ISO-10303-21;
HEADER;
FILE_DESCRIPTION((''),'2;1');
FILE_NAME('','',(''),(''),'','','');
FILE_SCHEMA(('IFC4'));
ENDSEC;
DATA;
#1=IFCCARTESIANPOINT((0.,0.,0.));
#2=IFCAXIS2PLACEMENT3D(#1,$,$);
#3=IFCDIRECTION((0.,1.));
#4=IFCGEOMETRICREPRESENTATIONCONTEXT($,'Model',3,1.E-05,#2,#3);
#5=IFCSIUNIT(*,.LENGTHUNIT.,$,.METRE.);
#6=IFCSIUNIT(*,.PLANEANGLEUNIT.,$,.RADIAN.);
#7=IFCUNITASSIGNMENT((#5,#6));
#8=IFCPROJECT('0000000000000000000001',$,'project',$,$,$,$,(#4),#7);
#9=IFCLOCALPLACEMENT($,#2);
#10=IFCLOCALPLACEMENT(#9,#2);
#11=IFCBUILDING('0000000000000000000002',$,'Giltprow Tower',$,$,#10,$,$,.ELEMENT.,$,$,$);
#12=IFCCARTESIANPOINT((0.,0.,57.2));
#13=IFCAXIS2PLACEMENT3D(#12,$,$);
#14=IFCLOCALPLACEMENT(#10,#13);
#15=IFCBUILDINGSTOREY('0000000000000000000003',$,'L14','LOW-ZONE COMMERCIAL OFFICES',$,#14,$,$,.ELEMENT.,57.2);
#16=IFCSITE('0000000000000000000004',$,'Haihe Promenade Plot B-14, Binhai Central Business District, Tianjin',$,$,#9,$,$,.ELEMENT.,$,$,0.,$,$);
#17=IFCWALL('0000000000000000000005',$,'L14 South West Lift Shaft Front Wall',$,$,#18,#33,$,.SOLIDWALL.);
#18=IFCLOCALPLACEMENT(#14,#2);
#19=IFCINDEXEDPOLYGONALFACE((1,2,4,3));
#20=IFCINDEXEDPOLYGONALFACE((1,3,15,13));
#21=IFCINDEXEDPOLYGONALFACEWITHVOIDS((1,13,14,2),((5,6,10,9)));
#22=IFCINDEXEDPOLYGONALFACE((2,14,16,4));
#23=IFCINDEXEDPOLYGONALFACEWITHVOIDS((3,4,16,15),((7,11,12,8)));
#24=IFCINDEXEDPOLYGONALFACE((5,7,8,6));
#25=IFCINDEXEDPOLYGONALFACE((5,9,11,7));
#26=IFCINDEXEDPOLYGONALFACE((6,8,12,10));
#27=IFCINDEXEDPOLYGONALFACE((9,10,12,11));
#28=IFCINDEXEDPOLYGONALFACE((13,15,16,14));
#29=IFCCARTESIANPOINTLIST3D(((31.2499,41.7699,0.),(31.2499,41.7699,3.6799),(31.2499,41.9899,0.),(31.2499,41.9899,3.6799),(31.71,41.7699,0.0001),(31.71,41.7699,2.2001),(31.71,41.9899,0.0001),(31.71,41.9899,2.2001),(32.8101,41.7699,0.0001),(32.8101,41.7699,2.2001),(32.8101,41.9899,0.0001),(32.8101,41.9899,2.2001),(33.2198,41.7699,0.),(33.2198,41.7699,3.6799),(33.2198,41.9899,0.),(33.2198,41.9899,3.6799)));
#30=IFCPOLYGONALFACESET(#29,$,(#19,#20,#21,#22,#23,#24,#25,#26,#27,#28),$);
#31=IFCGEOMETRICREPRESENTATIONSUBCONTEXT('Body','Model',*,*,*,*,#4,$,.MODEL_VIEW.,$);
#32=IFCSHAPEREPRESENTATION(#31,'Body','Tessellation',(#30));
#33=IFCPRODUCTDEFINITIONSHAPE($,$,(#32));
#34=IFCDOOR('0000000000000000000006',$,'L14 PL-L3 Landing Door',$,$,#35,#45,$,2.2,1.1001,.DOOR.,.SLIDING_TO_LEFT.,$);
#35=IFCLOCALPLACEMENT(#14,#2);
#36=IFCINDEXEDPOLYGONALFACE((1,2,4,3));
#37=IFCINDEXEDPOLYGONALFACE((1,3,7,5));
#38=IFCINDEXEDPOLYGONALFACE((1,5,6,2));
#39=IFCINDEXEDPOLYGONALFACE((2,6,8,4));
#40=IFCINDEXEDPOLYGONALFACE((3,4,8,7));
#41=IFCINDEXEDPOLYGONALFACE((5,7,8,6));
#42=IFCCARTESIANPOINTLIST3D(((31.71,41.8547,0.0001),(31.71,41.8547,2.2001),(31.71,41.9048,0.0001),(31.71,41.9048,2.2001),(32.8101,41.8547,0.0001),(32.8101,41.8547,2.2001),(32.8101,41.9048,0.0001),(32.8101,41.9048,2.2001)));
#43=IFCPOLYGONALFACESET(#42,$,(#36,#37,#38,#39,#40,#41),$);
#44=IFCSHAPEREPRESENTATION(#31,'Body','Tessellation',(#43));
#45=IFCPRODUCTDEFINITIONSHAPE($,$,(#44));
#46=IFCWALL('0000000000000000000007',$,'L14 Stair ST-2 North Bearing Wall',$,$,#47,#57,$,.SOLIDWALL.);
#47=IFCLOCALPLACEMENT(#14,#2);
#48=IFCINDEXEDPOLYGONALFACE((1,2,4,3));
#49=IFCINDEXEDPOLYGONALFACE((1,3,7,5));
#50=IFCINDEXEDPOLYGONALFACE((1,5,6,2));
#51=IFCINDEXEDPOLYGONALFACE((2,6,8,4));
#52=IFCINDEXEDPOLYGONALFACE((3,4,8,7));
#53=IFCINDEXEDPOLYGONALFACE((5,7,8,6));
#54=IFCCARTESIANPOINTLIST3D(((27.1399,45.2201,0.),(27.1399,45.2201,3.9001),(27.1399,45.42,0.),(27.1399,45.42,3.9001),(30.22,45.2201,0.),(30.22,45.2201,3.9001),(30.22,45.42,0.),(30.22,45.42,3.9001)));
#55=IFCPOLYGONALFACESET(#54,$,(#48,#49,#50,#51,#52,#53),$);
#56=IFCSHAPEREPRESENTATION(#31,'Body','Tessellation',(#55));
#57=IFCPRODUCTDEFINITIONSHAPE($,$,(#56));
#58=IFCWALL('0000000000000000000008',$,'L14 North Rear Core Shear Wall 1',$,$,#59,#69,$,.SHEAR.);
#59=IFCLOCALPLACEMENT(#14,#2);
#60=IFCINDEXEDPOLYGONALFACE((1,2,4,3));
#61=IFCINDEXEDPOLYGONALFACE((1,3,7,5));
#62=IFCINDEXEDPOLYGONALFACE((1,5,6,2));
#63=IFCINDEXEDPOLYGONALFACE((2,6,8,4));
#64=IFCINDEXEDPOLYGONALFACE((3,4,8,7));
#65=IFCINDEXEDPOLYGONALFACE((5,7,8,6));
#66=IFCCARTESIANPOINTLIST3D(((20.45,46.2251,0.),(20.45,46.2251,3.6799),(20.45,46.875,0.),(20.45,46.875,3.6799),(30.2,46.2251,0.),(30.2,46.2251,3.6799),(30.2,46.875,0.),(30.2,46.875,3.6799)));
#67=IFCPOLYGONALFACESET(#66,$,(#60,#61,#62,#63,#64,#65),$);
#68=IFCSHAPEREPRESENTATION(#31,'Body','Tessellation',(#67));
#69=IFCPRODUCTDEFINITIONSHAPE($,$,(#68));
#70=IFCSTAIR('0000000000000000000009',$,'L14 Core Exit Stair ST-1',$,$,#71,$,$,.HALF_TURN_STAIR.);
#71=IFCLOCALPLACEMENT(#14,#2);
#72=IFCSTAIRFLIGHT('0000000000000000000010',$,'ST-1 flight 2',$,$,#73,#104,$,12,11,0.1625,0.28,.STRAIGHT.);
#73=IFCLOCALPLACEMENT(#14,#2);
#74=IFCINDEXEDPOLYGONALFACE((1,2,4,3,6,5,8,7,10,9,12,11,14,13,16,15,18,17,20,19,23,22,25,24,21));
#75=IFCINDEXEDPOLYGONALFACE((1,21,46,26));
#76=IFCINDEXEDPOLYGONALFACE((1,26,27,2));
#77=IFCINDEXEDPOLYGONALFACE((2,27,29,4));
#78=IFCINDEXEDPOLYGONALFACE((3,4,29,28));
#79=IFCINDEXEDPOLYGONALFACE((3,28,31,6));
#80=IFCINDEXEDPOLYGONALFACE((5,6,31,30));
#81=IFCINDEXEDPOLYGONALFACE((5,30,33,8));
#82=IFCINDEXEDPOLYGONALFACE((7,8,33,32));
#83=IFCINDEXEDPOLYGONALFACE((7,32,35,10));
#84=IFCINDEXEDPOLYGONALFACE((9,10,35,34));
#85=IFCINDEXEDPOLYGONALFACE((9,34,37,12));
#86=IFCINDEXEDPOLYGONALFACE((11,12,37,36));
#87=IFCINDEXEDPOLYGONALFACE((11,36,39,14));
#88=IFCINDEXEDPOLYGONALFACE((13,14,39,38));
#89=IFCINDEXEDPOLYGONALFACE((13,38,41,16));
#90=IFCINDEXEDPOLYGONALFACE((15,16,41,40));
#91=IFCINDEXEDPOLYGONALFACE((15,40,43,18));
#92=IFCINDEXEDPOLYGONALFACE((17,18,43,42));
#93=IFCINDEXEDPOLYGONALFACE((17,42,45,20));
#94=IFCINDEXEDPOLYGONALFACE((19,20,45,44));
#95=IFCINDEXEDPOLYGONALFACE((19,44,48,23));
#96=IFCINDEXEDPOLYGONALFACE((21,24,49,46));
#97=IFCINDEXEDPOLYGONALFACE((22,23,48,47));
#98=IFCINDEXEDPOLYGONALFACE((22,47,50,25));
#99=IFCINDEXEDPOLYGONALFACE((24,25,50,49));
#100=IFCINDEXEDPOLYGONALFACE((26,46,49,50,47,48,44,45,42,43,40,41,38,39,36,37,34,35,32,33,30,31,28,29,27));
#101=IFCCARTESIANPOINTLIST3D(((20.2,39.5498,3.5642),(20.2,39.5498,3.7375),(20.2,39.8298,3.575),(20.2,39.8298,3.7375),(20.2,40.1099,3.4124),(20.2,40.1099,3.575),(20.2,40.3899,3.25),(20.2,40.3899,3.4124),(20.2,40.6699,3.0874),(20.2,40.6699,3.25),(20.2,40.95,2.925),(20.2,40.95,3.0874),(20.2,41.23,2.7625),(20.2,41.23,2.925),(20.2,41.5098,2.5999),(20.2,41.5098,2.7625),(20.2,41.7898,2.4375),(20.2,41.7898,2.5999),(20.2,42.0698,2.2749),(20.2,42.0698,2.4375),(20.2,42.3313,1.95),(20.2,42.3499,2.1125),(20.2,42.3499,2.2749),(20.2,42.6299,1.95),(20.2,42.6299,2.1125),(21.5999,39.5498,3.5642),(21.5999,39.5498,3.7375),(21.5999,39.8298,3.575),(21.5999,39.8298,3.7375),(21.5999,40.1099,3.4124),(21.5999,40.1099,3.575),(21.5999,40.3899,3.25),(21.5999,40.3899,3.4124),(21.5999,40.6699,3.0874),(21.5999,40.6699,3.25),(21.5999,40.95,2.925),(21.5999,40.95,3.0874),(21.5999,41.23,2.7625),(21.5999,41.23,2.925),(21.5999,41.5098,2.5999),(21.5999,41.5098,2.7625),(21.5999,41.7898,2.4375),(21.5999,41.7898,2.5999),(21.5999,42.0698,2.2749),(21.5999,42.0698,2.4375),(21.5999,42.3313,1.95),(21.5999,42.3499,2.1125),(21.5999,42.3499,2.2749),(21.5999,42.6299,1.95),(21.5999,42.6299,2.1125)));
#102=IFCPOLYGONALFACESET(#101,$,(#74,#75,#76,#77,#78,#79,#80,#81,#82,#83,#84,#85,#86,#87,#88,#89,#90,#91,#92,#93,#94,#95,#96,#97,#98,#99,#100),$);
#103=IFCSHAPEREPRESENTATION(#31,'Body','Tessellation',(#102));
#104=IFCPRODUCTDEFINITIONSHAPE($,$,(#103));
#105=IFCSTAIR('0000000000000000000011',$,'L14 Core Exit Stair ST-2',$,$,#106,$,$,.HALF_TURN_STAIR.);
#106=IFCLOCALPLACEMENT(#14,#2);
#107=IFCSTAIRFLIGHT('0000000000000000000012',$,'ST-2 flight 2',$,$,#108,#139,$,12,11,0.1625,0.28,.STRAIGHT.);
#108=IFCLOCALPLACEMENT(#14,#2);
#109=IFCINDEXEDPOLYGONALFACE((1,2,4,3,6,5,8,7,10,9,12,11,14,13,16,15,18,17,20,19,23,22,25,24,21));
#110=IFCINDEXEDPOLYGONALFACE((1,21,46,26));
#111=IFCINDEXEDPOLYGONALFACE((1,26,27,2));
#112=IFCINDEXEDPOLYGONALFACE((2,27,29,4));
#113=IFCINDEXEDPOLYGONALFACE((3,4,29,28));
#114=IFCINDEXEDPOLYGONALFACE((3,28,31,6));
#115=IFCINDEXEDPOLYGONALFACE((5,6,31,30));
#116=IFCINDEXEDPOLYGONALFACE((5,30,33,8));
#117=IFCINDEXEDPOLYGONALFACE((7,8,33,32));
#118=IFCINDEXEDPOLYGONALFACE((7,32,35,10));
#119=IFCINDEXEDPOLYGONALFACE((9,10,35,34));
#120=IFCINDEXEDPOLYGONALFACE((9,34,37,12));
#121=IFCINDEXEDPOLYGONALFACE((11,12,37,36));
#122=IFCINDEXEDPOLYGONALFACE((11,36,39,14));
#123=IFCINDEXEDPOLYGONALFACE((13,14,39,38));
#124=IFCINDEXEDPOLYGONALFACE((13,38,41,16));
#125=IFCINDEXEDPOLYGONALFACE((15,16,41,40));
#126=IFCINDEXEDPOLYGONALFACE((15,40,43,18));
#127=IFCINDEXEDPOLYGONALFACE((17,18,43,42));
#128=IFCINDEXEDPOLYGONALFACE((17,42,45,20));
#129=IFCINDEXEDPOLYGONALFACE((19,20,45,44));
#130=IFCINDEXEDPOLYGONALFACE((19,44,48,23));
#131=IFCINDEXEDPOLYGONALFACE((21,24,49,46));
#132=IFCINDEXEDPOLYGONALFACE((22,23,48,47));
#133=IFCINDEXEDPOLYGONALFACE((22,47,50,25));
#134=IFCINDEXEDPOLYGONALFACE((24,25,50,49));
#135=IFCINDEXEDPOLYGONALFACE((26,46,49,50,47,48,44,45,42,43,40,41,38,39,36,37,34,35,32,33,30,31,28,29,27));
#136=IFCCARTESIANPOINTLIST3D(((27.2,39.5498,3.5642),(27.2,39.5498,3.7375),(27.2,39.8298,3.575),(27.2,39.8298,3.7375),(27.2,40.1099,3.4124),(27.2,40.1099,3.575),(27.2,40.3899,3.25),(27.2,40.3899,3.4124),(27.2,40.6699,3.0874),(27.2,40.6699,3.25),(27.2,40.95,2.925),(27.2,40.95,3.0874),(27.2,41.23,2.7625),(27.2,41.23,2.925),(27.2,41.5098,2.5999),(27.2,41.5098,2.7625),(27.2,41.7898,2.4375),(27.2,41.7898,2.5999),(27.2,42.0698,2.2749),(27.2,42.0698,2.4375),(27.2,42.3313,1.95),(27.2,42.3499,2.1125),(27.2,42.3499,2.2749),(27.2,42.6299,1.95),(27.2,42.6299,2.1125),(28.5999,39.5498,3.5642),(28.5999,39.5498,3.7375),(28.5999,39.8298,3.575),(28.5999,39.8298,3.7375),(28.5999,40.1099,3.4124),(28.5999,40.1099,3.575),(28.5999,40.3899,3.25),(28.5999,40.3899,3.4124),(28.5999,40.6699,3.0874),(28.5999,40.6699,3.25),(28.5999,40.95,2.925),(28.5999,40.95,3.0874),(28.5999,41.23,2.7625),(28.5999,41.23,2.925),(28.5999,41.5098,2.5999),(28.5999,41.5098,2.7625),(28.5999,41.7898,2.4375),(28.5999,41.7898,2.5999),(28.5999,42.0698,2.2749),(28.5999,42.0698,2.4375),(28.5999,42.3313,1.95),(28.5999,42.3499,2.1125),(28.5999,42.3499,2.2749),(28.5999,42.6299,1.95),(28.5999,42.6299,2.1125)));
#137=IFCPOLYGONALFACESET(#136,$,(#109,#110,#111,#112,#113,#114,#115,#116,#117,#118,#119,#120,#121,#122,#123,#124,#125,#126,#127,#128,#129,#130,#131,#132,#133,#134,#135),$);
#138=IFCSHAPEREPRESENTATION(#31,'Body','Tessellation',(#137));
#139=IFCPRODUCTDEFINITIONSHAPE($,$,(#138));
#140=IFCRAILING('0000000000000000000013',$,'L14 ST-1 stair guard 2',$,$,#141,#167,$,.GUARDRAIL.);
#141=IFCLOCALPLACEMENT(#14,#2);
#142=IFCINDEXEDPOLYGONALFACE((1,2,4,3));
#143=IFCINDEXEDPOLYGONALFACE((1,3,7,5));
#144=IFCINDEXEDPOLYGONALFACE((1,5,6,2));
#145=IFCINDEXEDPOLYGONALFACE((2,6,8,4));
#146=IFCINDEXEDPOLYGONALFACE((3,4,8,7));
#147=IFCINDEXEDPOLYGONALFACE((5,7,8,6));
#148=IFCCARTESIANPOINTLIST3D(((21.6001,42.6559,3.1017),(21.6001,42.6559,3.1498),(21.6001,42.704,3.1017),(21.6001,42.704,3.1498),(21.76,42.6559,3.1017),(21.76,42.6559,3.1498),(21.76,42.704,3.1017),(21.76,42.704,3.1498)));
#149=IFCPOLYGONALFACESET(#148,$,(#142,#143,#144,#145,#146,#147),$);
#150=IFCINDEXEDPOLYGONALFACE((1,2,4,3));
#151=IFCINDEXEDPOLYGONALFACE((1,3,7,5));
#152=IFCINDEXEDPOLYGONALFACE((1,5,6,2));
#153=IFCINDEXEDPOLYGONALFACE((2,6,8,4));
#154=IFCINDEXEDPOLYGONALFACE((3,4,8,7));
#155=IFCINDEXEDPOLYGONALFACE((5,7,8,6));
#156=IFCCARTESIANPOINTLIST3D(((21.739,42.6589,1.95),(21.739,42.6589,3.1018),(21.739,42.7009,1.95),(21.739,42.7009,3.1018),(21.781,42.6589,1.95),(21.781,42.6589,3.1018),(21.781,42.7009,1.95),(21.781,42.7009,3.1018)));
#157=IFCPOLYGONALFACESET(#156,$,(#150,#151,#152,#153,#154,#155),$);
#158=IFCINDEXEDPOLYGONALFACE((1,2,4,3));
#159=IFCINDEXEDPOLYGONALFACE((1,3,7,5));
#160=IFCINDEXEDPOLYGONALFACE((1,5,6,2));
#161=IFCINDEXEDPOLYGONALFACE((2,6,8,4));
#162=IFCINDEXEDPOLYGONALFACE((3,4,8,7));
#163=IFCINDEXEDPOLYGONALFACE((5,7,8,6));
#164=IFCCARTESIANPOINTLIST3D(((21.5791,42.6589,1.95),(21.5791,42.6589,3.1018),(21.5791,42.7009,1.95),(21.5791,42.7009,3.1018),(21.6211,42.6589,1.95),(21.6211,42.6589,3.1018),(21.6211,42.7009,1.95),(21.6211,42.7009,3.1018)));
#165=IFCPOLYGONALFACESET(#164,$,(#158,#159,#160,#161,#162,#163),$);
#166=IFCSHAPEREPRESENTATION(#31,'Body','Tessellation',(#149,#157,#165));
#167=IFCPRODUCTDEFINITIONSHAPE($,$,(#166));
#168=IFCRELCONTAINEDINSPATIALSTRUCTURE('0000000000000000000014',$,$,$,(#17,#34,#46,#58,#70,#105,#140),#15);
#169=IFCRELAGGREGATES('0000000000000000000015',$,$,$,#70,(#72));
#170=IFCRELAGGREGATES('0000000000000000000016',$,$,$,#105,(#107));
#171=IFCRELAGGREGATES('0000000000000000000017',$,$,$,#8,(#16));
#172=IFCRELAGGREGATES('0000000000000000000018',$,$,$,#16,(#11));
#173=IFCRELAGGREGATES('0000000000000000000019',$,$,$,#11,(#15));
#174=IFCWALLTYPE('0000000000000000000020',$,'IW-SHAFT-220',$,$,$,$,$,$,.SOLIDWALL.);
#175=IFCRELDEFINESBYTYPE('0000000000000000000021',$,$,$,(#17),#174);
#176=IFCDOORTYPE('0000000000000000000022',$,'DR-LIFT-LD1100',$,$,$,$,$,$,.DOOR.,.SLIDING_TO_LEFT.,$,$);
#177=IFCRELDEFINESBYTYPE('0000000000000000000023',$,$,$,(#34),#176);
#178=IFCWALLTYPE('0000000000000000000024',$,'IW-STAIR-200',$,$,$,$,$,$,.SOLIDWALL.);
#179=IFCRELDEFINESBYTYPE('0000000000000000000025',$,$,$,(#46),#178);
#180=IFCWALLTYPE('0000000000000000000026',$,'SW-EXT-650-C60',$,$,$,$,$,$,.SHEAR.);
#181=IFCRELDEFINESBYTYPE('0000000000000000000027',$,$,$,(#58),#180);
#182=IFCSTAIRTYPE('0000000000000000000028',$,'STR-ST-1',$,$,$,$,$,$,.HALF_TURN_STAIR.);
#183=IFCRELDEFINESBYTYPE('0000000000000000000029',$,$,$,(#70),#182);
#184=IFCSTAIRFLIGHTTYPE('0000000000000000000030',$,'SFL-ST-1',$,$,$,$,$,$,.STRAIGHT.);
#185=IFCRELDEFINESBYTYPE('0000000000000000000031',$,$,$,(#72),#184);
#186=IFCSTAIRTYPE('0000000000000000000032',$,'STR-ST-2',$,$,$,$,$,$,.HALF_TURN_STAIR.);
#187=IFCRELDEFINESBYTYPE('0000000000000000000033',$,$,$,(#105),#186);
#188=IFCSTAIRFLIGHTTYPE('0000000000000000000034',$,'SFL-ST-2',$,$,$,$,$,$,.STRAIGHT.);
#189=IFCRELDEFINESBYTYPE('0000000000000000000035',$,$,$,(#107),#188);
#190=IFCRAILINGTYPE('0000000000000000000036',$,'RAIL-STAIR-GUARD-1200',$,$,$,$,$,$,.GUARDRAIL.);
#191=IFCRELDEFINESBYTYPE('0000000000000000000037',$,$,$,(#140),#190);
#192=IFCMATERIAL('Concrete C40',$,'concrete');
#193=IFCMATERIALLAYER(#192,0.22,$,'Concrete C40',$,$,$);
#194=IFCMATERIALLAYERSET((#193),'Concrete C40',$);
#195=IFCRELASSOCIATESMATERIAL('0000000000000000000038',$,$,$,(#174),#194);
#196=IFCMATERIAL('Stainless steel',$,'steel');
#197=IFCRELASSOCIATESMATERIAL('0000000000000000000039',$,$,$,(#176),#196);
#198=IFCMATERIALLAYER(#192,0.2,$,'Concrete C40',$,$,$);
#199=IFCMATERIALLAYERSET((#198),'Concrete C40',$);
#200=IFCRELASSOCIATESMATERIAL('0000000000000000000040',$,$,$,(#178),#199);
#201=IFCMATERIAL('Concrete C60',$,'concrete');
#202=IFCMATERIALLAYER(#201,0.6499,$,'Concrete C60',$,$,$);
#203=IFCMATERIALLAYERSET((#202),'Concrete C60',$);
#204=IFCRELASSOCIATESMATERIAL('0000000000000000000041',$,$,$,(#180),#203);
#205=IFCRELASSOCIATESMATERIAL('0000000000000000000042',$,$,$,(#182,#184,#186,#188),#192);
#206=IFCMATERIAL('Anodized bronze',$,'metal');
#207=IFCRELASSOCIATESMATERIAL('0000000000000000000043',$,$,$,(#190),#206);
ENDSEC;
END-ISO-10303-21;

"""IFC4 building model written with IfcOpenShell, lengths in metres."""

from ifc_helpers import new_model, si_unit, direction, frame, frame_2d, origin, origin_2d, place, context, subcontext, project, spatial, polyline, rectangle, outline, extrude, source, transform, mapped, material, layer, layer_set, type_object, element, fill, aggregate, save


model = new_model("IFC4")

# Units and contexts
model_context = context("Model", 3, precision=1e-05, world=origin(), true_north=direction((0.0, 1.0)))
body_context = subcontext(model_context, "Body", "Model", "MODEL_VIEW")
ifc_project = project(units=[si_unit("LENGTHUNIT", "METRE"), si_unit("PLANEANGLEUNIT", "RADIAN")], contexts=[model_context])

# Site, building, storey
site_placement = place(None, origin())
site = spatial("IfcSite", under=ifc_project, at=site_placement, Name="Haihe Promenade Plot B-14, Binhai Central Business District, Tianjin", CompositionType="ELEMENT", RefElevation=0.0)
building_placement = place(site_placement, origin())
building = spatial("IfcBuilding", under=site, at=building_placement, Name="Giltprow Tower", CompositionType="ELEMENT")
storey_placement = place(building_placement, frame((0.0, 0.0, 57.2)))
storey = spatial("IfcBuildingStorey", under=building, at=storey_placement, Name="L14", Description="LOW-ZONE COMMERCIAL OFFICES", CompositionType="ELEMENT", Elevation=57.2)

# Shared definitions
ifc_material_1 = material(Name="Concrete C60", Category="concrete")

# Shared definitions
ifc_material_2 = material(Name="Concrete C40", Category="concrete")
ifc_layer_1 = layer(ifc_material_2, 0.22, Name="Concrete C40")
ifc_layer_set_1 = layer_set([ifc_layer_1], Name="Concrete C40")
wall_type_1 = type_object("IfcWallType", Name="IW-SHAFT-220", PredefinedType="SOLIDWALL", material=ifc_layer_set_1)
ifc_material_3 = material(Name="Stainless steel", Category="steel")
door_type = type_object("IfcDoorType", Name="DR-LIFT-LD1100", OperationType="SLIDING_TO_LEFT", PredefinedType="DOOR", material=ifc_material_3)
shared_shape_1 = source(origin(), body_context, "Body", "SweptSolid", [
    extrude(rectangle(XDim=1.1001, YDim=2.2, at=frame_2d((0.55, 1.1001))), frame((0.0, 0.0249, 0.0), z_axis=(0.0, -1.0, 0.0), x_axis=(1.0, 0.0, 0.0)), (0.0, 0.0, 1.0), 0.05),
])

# Wall, opening, door
wall_1_placement = place(storey_placement, frame((31.25, 41.8799, 0.0), z_axis=(0.0, 0.0, 1.0), x_axis=(1.0, 0.0, 0.0)))
wall_1 = element("IfcWall", 1, at=wall_1_placement, inside=storey, type_object=wall_type_1, Name="L14 South West Lift Shaft Front Wall", PredefinedType="SOLIDWALL", context=body_context, shape_type="SweptSolid", body=[
    extrude(rectangle(XDim=1.97, YDim=0.22, at=frame_2d((0.9849, 0.0))), origin(), (0.0, 0.0, 1.0), 3.6799),
])
opening_1_placement = place(wall_1_placement, frame((0.46, 0.0, 0.0)))
opening_1 = element("IfcOpeningElement", 2, at=opening_1_placement, cuts=wall_1, PredefinedType="OPENING", context=body_context, shape_type="SweptSolid", body=[
    extrude(rectangle(XDim=1.1001, YDim=2.2, at=frame_2d((0.55, 1.1001))), frame((0.0, 0.1199, 0.0), z_axis=(0.0, -1.0, 0.0), x_axis=(1.0, 0.0, 0.0)), (0.0, 0.0, 1.0), 0.24),
])
door_1_placement = place(opening_1_placement, origin())
door_1 = element("IfcDoor", 3, at=door_1_placement, inside=storey, type_object=door_type, Name="L14 PL-L3 Landing Door", OperationType="SLIDING_TO_LEFT", OverallHeight=2.2, OverallWidth=1.1001, PredefinedType="DOOR", context=body_context, shape_type="MappedRepresentation", body=[
    mapped(shared_shape_1, transform((0.0, 0.0, 0.0), x_axis=(1.0, 0.0, 0.0), y_axis=(0.0, 1.0, 0.0), z_axis=(0.0, 0.0, 1.0), scale=1.0)),
])
fill(opening_1, door_1)

# Walls
ifc_layer_2 = layer(ifc_material_2, 0.2, Name="Concrete C40")
ifc_layer_set_2 = layer_set([ifc_layer_2], Name="Concrete C40")
wall_type_2 = type_object("IfcWallType", Name="IW-STAIR-200", PredefinedType="SOLIDWALL", material=ifc_layer_set_2)
wall_2_placement = place(storey_placement, frame((27.1399, 45.3201, 0.0), z_axis=(0.0, 0.0, 1.0), x_axis=(1.0, 0.0, 0.0)))
element("IfcWall", 4, at=wall_2_placement, inside=storey, type_object=wall_type_2, Name="L14 Stair ST-2 North Bearing Wall", PredefinedType="SOLIDWALL", context=body_context, shape_type="SweptSolid", body=[
    extrude(rectangle(XDim=3.0801, YDim=0.2, at=frame_2d((1.54, 0.0))), origin(), (0.0, 0.0, 1.0), 3.9001),
])
ifc_layer_3 = layer(ifc_material_1, 0.6499, Name="Concrete C60")
ifc_layer_set_3 = layer_set([ifc_layer_3], Name="Concrete C60")
wall_type_3 = type_object("IfcWallType", Name="SW-EXT-650-C60", PredefinedType="SHEAR", material=ifc_layer_set_3)
wall_3_placement = place(storey_placement, frame((20.45, 46.55, 0.0), z_axis=(0.0, 0.0, 1.0), x_axis=(1.0, 0.0, 0.0)))
element("IfcWall", 5, at=wall_3_placement, inside=storey, type_object=wall_type_3, Name="L14 North Rear Core Shear Wall 1", PredefinedType="SHEAR", context=body_context, shape_type="SweptSolid", body=[
    extrude(rectangle(XDim=9.75, YDim=0.6499, at=frame_2d((4.875, 0.0))), origin(), (0.0, 0.0, 1.0), 3.6799),
])

# Stairs, stair flights
stair_type_1 = type_object("IfcStairType", Name="STR-ST-1", PredefinedType="HALF_TURN_STAIR", material=ifc_material_2)
stair_1_placement = place(storey_placement, origin())
stair_1 = element("IfcStair", 6, at=stair_1_placement, inside=storey, type_object=stair_type_1, Name="L14 Core Exit Stair ST-1", PredefinedType="HALF_TURN_STAIR")
stair_flight_type_1 = type_object("IfcStairFlightType", Name="SFL-ST-1", PredefinedType="STRAIGHT", material=ifc_material_2)
stair_flight_1_placement = place(storey_placement, frame((20.8999, 42.6299, 1.95), z_axis=(0.0, 0.0, 1.0), x_axis=(0.0, -1.0, 0.0)))
stair_flight_1 = element("IfcStairFlight", 7, at=stair_flight_1_placement, type_object=stair_flight_type_1, Name="ST-1 flight 2", NumberOfRisers=12, NumberOfTreads=11, PredefinedType="STRAIGHT", RiserHeight=0.1625, TreadLength=0.28, context=body_context, shape_type="SweptSolid", body=[
    extrude(outline(polyline([(0.0, 0.0), (0.0, 0.1626), (0.28, 0.1626), (0.28, 0.325), (0.5601, 0.325), (0.5601, 0.4875), (0.8401, 0.4875), (0.8401, 0.6499), (1.1201, 0.6499), (1.1201, 0.8125), (1.3999, 0.8125), (1.3999, 0.9751), (1.6799, 0.9751), (1.6799, 1.1375), (1.96, 1.1375), (1.96, 1.3), (2.24, 1.3), (2.24, 1.4624), (2.52, 1.4624), (2.52, 1.625), (2.8, 1.625), (2.8, 1.7876), (3.0801, 1.7876), (3.0801, 1.95), (3.0801, 1.6143), (0.2986, 0.0), (0.0, 0.0)])), frame((0.0, 0.7, 0.0), z_axis=(0.0, -1.0, 0.0), x_axis=(1.0, 0.0, 0.0)), (0.0, 0.0, 1.0), 1.3999),
])
aggregate(stair_1, [stair_flight_1])
stair_type_2 = type_object("IfcStairType", Name="STR-ST-2", PredefinedType="HALF_TURN_STAIR", material=ifc_material_2)
stair_2_placement = place(storey_placement, origin())
stair_2 = element("IfcStair", 8, at=stair_2_placement, inside=storey, type_object=stair_type_2, Name="L14 Core Exit Stair ST-2", PredefinedType="HALF_TURN_STAIR")
stair_flight_type_2 = type_object("IfcStairFlightType", Name="SFL-ST-2", PredefinedType="STRAIGHT", material=ifc_material_2)
stair_flight_2_placement = place(storey_placement, frame((27.8999, 42.6299, 1.95), z_axis=(0.0, 0.0, 1.0), x_axis=(0.0, -1.0, 0.0)))
stair_flight_2 = element("IfcStairFlight", 9, at=stair_flight_2_placement, type_object=stair_flight_type_2, Name="ST-2 flight 2", NumberOfRisers=12, NumberOfTreads=11, PredefinedType="STRAIGHT", RiserHeight=0.1625, TreadLength=0.28, context=body_context, shape_type="SweptSolid", body=[
    extrude(outline(polyline([(0.0, 0.0), (0.0, 0.1626), (0.28, 0.1626), (0.28, 0.325), (0.5601, 0.325), (0.5601, 0.4875), (0.8401, 0.4875), (0.8401, 0.6499), (1.1201, 0.6499), (1.1201, 0.8125), (1.3999, 0.8125), (1.3999, 0.9751), (1.6799, 0.9751), (1.6799, 1.1375), (1.96, 1.1375), (1.96, 1.3), (2.24, 1.3), (2.24, 1.4624), (2.52, 1.4624), (2.52, 1.625), (2.8, 1.625), (2.8, 1.7876), (3.0801, 1.7876), (3.0801, 1.95), (3.0801, 1.6143), (0.2986, 0.0), (0.0, 0.0)])), frame((0.0, 0.7, 0.0), z_axis=(0.0, -1.0, 0.0), x_axis=(1.0, 0.0, 0.0)), (0.0, 0.0, 1.0), 1.3999),
])
aggregate(stair_2, [stair_flight_2])

# Railing
ifc_material_4 = material(Name="Anodized bronze", Category="metal")
railing_type_1 = type_object("IfcRailingType", Name="RAIL-STAIR-GUARD-1200", PredefinedType="GUARDRAIL", material=ifc_material_4)
railing_1_placement = place(storey_placement, frame((21.76, 42.6799, 1.95)))
element("IfcRailing", 10, at=railing_1_placement, inside=storey, type_object=railing_type_1, Name="L14 ST-1 stair guard 2", PredefinedType="GUARDRAIL", context=body_context, shape_type="SweptSolid", body=[
    extrude(rectangle(XDim=0.0481, YDim=0.0481, at=origin_2d()), frame((0.0, 0.0, 1.1758), z_axis=(-1.0, 0.0, 0.0), x_axis=(0.0, -1.0, 0.0)), (0.0, 0.0, 1.0), 0.1599),
    extrude(rectangle(XDim=0.042, YDim=0.042, at=origin_2d()), origin(), (0.0, 0.0, 1.0), 1.1519),
    extrude(rectangle(XDim=0.042, YDim=0.042, at=origin_2d()), frame((-0.1599, 0.0, 0.0)), (0.0, 0.0, 1.0), 1.1519),
])

save(model, "model.ifc")
